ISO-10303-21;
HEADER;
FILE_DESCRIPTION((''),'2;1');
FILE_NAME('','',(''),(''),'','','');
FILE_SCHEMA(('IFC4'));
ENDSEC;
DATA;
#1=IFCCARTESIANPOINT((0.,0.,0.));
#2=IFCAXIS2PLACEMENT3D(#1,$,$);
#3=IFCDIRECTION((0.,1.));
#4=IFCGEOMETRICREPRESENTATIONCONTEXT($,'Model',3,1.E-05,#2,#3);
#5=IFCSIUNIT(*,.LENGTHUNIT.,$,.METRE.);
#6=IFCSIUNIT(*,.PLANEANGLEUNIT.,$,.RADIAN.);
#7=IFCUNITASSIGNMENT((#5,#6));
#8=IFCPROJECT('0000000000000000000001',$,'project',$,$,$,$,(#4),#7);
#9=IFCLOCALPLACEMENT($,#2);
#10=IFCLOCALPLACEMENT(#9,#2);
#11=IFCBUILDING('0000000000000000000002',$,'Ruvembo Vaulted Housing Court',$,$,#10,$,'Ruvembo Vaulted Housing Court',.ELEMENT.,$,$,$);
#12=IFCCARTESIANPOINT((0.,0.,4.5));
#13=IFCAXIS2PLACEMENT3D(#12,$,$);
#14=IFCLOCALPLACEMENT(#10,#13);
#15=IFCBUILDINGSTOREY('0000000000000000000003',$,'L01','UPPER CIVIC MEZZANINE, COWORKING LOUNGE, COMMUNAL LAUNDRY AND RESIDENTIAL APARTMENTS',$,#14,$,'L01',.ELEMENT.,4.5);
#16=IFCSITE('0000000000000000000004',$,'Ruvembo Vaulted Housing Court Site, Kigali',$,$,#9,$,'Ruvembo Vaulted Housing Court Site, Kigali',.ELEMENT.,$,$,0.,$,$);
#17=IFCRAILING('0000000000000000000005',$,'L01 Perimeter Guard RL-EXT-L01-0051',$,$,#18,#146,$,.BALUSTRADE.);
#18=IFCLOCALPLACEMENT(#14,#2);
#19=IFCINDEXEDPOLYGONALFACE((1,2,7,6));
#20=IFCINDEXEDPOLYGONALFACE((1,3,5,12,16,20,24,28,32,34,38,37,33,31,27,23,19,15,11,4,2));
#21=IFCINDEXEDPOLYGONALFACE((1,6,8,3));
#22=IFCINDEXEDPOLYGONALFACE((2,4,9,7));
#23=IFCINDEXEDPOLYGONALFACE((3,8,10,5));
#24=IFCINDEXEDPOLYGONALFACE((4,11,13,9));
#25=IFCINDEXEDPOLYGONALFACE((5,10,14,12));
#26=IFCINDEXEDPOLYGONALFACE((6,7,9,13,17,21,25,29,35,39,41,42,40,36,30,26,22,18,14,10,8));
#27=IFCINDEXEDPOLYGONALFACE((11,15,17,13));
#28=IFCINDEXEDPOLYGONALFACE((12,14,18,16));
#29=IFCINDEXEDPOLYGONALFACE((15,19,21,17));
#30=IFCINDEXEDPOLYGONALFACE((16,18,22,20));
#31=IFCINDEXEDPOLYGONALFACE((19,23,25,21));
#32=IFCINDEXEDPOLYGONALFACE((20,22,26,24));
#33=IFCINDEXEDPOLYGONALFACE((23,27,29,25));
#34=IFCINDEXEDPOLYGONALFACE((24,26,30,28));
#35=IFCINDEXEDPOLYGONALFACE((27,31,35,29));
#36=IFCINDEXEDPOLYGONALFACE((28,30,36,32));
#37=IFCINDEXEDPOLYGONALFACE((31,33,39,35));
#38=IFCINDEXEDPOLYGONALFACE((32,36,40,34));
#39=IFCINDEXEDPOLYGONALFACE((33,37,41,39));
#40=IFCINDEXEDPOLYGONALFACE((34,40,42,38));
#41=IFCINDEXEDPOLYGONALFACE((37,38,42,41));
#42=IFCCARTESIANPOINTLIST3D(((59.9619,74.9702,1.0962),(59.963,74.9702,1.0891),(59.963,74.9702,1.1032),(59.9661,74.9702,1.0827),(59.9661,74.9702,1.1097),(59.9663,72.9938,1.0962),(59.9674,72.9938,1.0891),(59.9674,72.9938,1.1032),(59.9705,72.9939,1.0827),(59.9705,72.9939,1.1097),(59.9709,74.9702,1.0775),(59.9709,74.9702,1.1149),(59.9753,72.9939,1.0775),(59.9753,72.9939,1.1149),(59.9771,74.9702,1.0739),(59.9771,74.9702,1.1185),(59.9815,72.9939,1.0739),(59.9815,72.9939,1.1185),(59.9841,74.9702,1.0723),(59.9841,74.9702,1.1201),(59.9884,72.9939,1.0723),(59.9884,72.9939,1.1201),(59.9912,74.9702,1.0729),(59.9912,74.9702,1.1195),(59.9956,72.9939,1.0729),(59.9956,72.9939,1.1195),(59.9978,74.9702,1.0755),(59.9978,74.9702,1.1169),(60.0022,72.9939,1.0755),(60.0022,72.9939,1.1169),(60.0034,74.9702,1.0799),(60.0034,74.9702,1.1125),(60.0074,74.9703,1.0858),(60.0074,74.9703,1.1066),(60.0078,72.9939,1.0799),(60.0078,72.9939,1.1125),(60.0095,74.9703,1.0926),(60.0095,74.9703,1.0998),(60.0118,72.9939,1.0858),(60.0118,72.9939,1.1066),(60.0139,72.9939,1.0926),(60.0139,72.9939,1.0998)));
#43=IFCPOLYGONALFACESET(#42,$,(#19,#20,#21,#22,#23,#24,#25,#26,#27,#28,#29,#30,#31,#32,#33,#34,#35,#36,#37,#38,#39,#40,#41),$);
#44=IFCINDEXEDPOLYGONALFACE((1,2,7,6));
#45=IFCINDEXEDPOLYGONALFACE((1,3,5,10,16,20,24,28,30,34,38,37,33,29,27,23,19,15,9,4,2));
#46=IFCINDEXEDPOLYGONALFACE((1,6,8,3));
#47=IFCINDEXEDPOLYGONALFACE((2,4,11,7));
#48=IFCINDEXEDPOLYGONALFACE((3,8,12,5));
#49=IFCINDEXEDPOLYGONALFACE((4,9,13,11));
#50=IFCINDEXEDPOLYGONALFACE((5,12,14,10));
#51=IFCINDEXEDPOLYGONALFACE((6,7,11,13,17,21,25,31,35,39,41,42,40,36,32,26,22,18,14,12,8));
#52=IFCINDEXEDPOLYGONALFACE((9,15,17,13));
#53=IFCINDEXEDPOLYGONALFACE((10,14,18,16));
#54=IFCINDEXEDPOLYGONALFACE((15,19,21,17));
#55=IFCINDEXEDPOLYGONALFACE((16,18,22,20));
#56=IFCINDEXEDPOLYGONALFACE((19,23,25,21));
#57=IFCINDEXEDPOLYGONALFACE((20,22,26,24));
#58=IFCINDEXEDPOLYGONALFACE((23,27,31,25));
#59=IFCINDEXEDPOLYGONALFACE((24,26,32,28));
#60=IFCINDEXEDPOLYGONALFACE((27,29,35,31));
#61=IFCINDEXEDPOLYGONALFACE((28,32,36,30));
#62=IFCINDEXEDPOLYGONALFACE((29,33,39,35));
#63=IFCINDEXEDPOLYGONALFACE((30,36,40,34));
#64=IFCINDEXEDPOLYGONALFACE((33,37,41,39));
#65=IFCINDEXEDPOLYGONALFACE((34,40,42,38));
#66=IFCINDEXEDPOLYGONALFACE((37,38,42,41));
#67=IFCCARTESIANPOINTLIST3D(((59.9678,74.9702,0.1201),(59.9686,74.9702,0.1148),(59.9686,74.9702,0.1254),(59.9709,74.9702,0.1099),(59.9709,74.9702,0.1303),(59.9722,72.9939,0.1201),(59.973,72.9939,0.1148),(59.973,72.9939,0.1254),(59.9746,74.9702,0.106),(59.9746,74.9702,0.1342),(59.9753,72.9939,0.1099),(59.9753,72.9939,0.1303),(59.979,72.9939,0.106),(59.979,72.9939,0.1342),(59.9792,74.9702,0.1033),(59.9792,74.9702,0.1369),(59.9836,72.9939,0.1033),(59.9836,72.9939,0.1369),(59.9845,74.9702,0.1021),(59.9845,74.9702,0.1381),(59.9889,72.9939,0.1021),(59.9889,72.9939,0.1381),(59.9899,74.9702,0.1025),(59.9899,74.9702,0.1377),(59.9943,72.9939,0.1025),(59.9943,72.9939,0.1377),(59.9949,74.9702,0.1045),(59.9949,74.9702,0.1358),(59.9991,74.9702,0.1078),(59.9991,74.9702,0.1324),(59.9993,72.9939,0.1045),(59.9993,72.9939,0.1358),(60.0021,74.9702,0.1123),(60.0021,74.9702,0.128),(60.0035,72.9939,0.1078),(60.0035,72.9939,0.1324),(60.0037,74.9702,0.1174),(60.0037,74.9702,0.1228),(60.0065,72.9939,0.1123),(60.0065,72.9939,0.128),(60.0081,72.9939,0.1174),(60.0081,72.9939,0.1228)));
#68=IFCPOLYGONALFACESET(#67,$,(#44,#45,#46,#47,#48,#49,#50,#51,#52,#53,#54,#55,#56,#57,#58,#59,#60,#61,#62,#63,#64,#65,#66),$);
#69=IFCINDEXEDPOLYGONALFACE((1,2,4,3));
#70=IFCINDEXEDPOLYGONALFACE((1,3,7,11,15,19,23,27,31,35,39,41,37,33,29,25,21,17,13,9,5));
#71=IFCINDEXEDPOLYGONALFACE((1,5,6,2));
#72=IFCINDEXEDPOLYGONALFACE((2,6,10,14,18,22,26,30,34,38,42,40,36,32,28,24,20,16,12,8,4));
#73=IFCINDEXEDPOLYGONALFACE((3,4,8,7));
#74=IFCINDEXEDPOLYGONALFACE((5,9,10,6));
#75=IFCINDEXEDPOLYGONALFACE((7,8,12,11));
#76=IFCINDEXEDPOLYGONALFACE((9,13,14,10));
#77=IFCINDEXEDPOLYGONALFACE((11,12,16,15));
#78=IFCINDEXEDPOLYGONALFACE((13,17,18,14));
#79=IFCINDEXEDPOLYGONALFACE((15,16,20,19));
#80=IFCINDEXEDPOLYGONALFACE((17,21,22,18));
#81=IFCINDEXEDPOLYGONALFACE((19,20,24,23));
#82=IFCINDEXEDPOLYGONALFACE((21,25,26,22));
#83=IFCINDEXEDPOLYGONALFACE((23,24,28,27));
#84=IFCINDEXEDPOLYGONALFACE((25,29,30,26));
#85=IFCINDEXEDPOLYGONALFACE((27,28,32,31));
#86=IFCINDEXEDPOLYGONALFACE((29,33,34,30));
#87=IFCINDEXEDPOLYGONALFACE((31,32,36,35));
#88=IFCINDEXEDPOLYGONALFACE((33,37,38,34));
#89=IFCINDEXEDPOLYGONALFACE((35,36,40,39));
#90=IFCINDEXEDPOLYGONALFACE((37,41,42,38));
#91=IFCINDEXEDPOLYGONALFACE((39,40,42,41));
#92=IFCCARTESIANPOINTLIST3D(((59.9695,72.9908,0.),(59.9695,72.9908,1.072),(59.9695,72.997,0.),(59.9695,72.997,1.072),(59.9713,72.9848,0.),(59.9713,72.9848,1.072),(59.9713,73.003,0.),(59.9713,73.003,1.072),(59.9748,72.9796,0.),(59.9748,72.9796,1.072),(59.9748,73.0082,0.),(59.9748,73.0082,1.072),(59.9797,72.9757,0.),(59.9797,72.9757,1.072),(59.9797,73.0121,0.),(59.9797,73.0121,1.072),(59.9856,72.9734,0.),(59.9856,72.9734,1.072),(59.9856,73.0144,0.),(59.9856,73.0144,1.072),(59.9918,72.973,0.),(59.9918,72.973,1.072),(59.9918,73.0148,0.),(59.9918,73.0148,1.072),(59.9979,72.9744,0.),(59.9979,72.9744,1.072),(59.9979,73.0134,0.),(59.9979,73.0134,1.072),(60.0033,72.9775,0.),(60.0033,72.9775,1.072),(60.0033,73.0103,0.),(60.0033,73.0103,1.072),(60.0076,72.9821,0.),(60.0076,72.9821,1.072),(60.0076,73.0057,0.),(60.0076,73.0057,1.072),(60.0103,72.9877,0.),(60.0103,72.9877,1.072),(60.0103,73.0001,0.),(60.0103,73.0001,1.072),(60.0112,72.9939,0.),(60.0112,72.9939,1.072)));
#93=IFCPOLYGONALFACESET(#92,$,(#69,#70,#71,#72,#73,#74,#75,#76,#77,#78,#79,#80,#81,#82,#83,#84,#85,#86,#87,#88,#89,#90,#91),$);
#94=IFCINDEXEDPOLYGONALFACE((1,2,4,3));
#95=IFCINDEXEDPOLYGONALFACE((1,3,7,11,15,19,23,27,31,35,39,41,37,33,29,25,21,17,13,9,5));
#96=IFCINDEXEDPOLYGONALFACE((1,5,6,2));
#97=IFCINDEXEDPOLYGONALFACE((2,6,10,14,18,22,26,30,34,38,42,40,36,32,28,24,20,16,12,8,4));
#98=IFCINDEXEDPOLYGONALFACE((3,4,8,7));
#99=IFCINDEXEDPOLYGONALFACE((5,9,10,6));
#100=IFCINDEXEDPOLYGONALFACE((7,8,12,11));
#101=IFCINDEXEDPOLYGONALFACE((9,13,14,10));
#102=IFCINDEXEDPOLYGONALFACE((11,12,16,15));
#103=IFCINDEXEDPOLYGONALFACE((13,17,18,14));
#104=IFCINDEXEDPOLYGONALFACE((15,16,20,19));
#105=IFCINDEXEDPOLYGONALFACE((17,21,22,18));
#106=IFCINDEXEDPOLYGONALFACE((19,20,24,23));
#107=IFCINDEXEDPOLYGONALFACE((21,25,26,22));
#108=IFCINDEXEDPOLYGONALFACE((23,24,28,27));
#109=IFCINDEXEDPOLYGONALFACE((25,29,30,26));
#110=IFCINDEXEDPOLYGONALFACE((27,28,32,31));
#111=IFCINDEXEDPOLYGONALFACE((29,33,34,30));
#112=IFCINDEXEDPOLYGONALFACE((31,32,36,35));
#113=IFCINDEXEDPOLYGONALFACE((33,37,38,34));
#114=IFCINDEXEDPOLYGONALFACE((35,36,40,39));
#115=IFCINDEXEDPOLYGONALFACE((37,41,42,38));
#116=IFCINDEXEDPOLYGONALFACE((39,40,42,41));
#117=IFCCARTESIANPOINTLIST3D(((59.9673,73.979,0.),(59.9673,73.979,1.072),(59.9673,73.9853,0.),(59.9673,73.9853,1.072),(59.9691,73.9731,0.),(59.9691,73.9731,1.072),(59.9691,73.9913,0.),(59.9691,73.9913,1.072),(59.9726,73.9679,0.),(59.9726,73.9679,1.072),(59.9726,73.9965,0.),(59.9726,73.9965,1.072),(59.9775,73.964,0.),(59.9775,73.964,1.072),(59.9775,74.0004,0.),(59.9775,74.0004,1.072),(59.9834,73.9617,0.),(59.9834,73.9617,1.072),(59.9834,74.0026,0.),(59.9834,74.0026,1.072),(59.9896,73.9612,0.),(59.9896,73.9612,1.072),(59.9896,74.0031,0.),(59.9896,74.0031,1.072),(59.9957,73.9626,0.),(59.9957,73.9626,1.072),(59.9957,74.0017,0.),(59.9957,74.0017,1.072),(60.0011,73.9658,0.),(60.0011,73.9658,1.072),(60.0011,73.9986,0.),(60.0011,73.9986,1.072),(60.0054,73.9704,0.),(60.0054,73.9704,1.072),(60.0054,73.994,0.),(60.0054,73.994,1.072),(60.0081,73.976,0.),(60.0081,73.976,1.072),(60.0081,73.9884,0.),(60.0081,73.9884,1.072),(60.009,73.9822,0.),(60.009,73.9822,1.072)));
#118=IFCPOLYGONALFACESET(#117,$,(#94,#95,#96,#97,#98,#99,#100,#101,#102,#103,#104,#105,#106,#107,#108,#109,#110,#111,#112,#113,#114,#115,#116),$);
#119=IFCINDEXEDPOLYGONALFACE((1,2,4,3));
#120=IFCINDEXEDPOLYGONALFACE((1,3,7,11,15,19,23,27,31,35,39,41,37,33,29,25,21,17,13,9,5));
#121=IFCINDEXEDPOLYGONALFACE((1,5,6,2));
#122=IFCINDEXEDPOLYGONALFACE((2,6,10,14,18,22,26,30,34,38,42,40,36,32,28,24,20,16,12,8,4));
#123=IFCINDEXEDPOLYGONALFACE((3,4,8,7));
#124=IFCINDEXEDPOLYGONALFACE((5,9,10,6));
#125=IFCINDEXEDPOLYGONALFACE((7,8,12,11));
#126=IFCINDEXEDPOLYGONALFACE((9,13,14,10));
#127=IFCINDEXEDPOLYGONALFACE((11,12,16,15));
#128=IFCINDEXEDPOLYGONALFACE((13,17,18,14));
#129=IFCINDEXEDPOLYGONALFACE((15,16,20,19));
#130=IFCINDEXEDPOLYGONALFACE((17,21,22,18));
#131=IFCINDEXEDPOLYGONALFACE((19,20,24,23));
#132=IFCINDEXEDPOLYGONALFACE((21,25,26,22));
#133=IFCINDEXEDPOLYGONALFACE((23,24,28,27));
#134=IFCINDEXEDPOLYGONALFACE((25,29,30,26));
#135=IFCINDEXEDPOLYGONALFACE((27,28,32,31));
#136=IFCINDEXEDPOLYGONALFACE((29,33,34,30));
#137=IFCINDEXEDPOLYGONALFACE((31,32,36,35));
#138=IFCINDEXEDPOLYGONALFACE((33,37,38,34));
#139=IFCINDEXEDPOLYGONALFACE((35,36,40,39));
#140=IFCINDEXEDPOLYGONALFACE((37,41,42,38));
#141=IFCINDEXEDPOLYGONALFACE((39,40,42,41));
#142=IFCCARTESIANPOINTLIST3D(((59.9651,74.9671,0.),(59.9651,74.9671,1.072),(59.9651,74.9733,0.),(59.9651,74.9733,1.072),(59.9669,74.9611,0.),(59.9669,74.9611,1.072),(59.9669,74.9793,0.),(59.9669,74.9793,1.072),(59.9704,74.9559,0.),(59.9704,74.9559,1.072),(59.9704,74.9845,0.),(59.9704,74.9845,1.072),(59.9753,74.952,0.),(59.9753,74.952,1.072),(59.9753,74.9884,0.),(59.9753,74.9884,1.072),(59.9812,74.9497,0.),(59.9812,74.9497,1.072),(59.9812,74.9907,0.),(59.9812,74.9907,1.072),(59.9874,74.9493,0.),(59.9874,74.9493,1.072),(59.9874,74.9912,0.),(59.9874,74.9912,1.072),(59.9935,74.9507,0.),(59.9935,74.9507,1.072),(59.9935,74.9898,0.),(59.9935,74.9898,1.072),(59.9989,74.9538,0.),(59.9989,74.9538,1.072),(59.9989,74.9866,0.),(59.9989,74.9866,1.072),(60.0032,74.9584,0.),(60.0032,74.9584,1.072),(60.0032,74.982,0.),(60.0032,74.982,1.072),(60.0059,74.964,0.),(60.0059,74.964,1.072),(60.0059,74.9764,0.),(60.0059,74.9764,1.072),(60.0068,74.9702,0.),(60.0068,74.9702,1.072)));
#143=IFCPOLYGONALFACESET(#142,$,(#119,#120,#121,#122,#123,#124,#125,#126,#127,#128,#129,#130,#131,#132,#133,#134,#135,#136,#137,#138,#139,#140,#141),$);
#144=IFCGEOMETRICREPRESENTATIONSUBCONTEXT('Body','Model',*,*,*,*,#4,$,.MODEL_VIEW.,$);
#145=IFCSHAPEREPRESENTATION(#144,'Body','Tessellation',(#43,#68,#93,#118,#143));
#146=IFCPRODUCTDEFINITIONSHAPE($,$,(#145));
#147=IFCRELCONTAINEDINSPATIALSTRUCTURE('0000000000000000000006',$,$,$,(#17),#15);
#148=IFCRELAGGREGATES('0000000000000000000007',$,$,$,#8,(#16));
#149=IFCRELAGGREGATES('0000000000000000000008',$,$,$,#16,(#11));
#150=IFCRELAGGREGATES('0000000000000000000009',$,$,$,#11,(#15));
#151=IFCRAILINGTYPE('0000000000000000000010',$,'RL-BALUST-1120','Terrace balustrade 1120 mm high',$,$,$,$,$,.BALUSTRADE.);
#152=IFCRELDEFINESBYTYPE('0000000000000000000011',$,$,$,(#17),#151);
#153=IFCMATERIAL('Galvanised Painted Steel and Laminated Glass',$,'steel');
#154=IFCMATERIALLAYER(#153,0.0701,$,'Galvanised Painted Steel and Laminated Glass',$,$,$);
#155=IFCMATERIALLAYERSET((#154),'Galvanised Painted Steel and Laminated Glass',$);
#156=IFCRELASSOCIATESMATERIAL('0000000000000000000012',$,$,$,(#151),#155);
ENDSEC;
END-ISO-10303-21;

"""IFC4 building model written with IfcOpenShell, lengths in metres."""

from ifc_helpers import new_model, si_unit, direction, frame, origin, origin_2d, place, context, subcontext, project, spatial, circle, extrude, material, layer, layer_set, type_object, element, save


model = new_model("IFC4")

# Units and contexts
model_context = context("Model", 3, precision=1e-05, world=origin(), true_north=direction((0.0, 1.0)))
body_context = subcontext(model_context, "Body", "Model", "MODEL_VIEW")
ifc_project = project(units=[si_unit("LENGTHUNIT", "METRE"), si_unit("PLANEANGLEUNIT", "RADIAN")], contexts=[model_context])

# Site, building, storey
site_placement = place(None, origin())
site = spatial("IfcSite", under=ifc_project, at=site_placement, Name="Ruvembo Vaulted Housing Court Site, Kigali", LongName="Ruvembo Vaulted Housing Court Site, Kigali", CompositionType="ELEMENT", RefElevation=0.0)
building_placement = place(site_placement, origin())
building = spatial("IfcBuilding", under=site, at=building_placement, Name="Ruvembo Vaulted Housing Court", LongName="Ruvembo Vaulted Housing Court", CompositionType="ELEMENT")
storey_placement = place(building_placement, frame((0.0, 0.0, 4.5)))
storey = spatial("IfcBuildingStorey", under=building, at=storey_placement, Name="L01", Description="UPPER CIVIC MEZZANINE, COWORKING LOUNGE, COMMUNAL LAUNDRY AND RESIDENTIAL APARTMENTS", LongName="L01", CompositionType="ELEMENT", Elevation=4.5)

# Railing
ifc_material_1 = material(Name="Galvanised Painted Steel and Laminated Glass", Category="steel")
ifc_layer_1 = layer(ifc_material_1, 0.0701, Name="Galvanised Painted Steel and Laminated Glass")
ifc_layer_set_1 = layer_set([ifc_layer_1], Name="Galvanised Painted Steel and Laminated Glass")
railing_type_1 = type_object("IfcRailingType", Name="RL-BALUST-1120", Description="Terrace balustrade 1120 mm high", PredefinedType="BALUSTRADE", material=ifc_layer_set_1)
railing_1_placement = place(storey_placement, frame((59.9902, 72.9939, 0.0)))
element("IfcRailing", 1, at=railing_1_placement, inside=storey, type_object=railing_type_1, Name="L01 Perimeter Guard RL-EXT-L01-0051", PredefinedType="BALUSTRADE", context=body_context, shape_type="SweptSolid", body=[
    extrude(circle(Radius=0.0239, at=origin_2d()), frame((0.0, 0.0, 1.0962), z_axis=(-0.002224, 0.999998, 0.0), x_axis=(-0.999998, -0.002224, 0.0)), (0.0, 0.0, 1.0), 1.9763),
    extrude(circle(Radius=0.0181, at=origin_2d()), frame((0.0, 0.0, 0.1201), z_axis=(-0.002224, 0.999998, 0.0), x_axis=(-0.999998, -0.002224, 0.0)), (0.0, 0.0, 1.0), 1.9763),
    extrude(circle(Radius=0.021, at=origin_2d()), origin(), (0.0, 0.0, 1.0), 1.072),
    extrude(circle(Radius=0.021, at=origin_2d()), frame((-0.0022, 0.9883, 0.0)), (0.0, 0.0, 1.0), 1.072),
    extrude(circle(Radius=0.021, at=origin_2d()), frame((-0.0044, 1.9763, 0.0)), (0.0, 0.0, 1.0), 1.072),
])

save(model, "model.ifc")
